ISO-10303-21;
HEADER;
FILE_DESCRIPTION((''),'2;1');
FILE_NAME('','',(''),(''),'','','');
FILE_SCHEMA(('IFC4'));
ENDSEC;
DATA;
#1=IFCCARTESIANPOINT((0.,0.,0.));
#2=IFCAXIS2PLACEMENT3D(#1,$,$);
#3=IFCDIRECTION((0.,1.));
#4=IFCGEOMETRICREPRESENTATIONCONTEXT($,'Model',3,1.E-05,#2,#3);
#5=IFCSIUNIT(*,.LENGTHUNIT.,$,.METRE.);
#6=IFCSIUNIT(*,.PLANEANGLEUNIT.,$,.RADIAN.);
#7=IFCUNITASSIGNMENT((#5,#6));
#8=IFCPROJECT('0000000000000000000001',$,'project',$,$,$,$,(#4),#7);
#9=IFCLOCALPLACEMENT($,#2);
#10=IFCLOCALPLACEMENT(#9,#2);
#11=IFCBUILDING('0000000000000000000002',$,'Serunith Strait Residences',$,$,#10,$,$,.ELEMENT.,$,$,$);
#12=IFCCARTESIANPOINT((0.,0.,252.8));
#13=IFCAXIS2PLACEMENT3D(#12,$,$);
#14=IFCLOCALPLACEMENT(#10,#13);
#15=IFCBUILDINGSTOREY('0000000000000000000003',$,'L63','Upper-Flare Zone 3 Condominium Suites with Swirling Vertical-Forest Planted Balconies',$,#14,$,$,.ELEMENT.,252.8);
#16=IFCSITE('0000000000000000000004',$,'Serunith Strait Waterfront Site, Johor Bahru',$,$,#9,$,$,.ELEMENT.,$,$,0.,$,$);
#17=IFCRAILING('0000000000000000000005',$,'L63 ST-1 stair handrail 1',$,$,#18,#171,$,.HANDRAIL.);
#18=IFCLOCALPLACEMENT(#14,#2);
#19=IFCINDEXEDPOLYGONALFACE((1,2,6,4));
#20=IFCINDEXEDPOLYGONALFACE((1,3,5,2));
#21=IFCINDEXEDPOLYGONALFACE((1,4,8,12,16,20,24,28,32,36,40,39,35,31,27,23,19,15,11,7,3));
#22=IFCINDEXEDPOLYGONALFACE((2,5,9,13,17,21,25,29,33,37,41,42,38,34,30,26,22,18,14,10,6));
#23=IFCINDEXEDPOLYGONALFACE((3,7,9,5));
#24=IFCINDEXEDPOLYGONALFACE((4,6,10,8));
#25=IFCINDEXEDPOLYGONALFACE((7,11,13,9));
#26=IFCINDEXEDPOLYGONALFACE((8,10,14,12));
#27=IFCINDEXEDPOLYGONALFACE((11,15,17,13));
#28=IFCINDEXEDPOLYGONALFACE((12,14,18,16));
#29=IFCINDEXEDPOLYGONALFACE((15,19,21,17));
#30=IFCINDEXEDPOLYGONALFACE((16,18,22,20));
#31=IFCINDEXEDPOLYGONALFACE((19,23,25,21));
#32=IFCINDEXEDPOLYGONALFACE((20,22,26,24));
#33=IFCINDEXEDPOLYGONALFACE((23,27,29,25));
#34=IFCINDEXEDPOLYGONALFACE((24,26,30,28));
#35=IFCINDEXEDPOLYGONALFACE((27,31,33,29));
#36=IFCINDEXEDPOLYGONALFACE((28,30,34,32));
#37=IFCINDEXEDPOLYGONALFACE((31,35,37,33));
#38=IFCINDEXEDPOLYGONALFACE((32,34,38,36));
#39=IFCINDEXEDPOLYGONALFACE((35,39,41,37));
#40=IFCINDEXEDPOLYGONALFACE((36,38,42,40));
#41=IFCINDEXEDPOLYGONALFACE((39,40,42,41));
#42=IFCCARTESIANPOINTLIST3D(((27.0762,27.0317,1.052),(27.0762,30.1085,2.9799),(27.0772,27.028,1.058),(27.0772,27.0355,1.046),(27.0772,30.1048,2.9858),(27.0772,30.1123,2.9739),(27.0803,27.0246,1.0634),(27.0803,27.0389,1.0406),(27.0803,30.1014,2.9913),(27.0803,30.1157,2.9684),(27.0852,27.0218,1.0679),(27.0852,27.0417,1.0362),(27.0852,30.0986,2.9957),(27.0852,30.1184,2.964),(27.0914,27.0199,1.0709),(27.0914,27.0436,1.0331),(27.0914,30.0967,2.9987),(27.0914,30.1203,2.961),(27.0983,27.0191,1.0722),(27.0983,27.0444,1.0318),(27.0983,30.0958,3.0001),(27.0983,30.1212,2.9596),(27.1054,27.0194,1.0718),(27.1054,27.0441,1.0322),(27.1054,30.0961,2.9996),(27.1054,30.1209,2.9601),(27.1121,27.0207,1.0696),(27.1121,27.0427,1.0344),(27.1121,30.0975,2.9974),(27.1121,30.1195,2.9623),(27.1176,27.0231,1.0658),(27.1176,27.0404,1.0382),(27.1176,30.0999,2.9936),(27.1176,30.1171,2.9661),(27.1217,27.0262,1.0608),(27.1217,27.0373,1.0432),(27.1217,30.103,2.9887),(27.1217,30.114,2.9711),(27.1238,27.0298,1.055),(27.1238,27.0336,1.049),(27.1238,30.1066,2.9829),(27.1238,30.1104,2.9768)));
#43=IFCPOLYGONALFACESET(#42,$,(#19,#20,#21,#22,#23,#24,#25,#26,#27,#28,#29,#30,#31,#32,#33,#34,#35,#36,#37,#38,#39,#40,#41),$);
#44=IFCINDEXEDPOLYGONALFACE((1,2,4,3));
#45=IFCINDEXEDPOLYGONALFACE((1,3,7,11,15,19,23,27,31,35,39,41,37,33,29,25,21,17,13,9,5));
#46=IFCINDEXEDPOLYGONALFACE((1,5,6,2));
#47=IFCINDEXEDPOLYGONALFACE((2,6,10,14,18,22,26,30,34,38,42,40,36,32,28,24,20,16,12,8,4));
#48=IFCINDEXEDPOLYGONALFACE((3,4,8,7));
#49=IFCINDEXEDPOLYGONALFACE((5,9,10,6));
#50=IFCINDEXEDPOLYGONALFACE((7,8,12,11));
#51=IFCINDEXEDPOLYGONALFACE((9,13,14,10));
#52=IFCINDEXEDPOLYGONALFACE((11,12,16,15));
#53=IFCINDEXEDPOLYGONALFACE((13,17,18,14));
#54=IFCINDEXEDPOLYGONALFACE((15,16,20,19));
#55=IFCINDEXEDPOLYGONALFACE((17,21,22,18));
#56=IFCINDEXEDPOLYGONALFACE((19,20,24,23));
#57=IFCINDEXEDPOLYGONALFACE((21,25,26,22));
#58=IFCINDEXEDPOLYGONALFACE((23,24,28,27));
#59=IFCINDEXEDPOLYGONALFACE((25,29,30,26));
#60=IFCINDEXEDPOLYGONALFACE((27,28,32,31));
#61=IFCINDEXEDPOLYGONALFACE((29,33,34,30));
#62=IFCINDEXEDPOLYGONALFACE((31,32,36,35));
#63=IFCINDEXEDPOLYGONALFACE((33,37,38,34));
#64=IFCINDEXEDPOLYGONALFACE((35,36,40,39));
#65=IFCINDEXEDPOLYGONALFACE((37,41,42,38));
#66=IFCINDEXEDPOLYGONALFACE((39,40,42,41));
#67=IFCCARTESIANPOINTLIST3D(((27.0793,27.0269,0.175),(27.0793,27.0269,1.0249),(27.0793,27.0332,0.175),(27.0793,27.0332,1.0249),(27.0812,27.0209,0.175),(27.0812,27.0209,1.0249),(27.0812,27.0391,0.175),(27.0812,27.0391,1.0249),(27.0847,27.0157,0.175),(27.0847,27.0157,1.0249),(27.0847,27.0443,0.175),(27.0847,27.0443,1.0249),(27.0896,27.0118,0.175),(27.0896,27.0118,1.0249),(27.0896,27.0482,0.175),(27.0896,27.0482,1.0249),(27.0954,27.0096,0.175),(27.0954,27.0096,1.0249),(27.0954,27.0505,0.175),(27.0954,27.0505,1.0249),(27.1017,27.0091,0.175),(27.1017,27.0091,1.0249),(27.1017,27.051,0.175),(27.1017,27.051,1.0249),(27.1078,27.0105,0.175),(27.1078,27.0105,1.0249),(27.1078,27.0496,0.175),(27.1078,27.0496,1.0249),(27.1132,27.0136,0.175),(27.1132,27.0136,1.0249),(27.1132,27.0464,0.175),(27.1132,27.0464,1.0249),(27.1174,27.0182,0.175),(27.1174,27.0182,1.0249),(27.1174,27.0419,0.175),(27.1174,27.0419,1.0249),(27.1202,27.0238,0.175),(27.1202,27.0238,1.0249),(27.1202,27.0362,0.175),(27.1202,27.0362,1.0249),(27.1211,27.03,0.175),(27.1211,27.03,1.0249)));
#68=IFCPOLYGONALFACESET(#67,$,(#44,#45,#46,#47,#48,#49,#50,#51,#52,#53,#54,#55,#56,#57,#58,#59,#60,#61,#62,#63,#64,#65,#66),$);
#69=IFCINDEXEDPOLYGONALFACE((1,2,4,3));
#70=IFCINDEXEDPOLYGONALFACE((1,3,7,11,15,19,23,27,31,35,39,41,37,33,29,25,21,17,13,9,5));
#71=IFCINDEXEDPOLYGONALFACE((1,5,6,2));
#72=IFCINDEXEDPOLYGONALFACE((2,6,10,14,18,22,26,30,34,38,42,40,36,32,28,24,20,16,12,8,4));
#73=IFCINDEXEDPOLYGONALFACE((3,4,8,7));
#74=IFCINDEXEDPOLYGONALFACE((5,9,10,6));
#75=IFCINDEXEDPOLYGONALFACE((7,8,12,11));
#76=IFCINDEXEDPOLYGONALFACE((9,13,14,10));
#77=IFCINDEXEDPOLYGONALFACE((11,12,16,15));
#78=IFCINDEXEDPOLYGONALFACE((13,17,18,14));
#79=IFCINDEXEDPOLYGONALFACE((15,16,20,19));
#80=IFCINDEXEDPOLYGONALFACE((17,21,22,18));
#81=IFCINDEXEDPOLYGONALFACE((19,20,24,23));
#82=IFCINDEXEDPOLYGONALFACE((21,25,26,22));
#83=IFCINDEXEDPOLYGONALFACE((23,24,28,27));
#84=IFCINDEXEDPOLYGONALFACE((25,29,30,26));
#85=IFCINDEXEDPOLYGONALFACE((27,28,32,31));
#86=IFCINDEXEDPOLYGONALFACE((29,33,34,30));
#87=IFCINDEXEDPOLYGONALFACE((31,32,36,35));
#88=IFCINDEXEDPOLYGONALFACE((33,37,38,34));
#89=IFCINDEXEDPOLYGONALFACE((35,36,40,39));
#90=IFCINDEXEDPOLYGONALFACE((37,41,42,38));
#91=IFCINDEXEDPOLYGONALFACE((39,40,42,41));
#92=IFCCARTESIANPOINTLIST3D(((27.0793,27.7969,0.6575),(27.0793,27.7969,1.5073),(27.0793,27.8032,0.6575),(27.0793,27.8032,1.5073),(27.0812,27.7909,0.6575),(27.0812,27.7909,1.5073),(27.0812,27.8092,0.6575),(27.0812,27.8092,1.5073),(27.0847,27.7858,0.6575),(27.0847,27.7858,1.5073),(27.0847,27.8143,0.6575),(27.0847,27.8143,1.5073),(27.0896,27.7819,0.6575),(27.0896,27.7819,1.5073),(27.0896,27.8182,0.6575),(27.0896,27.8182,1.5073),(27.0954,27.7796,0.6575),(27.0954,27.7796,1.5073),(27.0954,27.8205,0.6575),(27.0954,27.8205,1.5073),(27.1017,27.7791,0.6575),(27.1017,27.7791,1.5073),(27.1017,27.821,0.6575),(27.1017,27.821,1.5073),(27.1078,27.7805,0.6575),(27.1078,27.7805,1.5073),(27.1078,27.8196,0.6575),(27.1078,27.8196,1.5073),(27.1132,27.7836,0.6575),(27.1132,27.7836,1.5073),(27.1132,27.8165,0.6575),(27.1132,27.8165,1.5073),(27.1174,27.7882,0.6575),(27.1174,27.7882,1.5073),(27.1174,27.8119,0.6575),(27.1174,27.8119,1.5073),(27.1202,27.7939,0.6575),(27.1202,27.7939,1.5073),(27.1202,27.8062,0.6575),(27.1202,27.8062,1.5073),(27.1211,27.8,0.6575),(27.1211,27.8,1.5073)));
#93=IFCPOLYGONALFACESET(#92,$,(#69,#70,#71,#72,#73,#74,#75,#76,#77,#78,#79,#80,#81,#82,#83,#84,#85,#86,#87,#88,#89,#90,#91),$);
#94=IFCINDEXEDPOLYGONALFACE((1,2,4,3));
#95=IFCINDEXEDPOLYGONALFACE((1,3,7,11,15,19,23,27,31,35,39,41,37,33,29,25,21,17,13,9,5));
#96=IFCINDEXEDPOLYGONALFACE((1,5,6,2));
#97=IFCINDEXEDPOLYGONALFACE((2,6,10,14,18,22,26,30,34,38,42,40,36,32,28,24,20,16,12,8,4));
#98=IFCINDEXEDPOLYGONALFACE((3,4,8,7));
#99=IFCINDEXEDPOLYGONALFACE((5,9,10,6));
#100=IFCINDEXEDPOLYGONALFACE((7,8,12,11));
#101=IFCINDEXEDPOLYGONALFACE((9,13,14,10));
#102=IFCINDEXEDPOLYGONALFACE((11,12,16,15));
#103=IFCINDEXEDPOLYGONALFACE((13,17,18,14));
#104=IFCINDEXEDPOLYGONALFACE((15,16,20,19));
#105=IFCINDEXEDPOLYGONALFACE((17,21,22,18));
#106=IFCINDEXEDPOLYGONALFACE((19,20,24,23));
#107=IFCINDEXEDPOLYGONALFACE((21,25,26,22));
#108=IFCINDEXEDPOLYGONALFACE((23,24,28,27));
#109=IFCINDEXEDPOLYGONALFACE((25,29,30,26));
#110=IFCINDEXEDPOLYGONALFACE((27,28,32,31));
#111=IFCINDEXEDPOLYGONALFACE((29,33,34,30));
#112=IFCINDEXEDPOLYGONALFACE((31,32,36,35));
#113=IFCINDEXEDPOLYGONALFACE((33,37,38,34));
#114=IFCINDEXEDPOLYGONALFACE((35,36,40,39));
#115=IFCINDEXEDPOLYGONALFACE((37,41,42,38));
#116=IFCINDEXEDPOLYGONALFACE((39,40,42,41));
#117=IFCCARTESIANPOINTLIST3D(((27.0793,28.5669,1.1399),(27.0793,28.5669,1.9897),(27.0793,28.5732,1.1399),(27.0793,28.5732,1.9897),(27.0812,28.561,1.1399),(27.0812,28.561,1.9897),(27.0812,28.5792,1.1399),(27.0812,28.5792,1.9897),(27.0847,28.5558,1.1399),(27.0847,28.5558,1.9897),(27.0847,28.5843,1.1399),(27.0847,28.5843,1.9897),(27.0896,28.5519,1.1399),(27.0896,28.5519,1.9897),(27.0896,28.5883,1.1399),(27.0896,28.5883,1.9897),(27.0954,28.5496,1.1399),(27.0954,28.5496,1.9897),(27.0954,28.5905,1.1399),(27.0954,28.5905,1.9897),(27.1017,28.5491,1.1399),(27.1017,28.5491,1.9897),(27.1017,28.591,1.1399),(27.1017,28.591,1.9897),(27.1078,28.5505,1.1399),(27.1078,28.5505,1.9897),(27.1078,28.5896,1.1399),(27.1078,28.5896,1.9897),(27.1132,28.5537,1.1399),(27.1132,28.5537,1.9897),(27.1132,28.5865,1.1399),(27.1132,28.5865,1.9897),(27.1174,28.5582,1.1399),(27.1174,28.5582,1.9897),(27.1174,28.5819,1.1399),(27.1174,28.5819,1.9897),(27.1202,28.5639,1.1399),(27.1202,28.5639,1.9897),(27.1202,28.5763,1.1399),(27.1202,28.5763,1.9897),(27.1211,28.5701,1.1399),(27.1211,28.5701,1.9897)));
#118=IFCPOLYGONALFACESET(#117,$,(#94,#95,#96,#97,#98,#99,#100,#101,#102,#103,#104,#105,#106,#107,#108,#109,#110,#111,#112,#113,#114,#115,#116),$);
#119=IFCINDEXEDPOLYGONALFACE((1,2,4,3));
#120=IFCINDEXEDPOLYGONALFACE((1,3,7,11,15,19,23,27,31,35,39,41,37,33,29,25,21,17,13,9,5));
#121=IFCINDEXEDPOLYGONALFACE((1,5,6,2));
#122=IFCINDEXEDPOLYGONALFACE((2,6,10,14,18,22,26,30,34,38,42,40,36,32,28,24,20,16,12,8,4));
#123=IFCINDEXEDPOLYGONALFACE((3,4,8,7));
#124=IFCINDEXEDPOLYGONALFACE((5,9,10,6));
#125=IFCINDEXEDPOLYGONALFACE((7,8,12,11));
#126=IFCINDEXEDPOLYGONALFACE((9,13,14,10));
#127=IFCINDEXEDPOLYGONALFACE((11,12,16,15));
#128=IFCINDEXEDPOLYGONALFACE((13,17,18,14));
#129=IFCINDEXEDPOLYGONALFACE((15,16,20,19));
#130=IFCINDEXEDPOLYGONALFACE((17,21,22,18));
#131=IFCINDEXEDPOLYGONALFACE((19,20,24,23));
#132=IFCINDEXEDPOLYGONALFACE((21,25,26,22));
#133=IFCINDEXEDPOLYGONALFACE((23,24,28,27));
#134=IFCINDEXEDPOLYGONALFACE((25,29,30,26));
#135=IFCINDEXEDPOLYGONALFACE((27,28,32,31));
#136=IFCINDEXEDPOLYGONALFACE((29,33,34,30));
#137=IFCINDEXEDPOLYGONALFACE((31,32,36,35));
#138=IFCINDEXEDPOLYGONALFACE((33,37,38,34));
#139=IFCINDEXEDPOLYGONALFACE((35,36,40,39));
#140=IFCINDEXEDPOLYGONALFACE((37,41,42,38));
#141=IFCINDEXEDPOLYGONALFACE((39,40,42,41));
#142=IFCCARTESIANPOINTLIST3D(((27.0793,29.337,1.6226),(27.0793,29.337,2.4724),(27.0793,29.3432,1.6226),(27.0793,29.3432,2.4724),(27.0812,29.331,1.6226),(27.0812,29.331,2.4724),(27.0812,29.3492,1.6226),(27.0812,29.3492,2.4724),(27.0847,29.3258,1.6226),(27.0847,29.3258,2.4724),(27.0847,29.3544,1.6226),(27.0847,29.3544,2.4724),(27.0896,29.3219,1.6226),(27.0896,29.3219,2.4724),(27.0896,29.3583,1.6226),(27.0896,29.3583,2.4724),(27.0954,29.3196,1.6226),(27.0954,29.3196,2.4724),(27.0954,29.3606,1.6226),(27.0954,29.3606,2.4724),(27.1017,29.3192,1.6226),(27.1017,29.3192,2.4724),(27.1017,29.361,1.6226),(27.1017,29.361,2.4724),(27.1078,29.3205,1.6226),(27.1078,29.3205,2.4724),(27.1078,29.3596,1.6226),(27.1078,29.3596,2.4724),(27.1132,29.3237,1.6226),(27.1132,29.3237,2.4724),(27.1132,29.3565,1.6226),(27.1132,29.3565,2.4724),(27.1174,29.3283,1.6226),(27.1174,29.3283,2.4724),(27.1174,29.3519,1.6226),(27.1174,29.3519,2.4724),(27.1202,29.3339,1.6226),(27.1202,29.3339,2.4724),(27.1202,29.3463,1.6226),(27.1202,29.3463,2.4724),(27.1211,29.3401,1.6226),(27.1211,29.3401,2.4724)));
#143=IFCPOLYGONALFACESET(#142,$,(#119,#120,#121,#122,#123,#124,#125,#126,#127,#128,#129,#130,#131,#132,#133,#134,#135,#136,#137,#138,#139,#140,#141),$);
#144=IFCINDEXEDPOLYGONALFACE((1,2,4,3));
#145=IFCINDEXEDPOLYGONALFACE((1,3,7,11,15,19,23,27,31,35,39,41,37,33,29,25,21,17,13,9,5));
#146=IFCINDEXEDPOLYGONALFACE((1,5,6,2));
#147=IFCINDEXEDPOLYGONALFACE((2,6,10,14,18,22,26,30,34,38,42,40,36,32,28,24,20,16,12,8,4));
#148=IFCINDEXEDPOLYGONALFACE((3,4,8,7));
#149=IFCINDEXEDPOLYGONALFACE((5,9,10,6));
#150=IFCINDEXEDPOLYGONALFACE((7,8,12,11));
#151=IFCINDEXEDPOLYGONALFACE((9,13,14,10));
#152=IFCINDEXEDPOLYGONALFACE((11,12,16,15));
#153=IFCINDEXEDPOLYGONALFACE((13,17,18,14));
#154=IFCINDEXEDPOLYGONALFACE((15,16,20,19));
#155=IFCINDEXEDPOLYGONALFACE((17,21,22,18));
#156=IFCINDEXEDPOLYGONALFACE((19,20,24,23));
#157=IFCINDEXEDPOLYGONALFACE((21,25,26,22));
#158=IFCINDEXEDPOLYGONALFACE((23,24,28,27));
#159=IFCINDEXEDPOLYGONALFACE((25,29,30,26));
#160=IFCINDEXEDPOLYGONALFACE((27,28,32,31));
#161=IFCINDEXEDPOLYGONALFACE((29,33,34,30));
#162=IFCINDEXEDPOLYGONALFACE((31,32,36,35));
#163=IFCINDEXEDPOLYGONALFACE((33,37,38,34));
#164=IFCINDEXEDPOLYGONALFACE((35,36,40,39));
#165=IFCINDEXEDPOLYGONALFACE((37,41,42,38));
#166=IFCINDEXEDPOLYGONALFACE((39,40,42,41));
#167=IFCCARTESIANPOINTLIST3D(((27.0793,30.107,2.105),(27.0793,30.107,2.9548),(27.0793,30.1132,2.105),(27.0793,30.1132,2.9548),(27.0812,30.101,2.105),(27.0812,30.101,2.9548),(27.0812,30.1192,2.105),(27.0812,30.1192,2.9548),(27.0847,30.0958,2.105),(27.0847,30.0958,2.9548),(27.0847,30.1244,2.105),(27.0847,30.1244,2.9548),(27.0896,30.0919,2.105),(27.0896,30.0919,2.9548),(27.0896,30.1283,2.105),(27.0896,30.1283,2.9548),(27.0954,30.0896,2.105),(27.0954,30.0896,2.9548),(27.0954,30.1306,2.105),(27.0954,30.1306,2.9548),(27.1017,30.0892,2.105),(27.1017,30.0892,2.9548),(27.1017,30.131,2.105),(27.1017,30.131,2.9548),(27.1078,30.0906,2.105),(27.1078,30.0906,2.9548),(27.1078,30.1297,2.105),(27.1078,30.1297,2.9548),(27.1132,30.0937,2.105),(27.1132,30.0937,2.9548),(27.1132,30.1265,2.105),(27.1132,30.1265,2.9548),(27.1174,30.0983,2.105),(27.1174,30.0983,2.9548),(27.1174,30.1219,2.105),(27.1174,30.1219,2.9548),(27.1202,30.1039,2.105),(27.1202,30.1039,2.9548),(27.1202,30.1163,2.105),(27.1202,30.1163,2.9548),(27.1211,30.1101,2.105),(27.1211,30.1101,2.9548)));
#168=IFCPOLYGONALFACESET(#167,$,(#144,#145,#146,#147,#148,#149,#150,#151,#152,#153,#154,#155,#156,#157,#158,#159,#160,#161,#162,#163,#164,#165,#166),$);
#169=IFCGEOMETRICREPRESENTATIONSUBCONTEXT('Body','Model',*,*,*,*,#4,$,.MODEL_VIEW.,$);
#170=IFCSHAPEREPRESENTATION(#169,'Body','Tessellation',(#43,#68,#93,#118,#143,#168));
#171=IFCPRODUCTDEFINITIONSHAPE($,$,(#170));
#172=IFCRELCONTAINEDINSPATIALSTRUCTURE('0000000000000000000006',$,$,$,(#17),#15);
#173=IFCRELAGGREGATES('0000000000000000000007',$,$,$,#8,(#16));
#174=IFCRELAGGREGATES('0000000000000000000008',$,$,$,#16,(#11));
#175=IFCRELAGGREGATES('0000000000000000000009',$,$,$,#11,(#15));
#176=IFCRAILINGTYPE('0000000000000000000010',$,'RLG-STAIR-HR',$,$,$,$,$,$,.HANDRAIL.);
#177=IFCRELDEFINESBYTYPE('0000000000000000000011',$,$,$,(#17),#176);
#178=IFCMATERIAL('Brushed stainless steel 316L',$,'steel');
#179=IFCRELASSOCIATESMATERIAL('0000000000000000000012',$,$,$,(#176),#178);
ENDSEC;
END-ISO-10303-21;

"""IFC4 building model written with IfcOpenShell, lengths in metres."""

from ifc_helpers import new_model, si_unit, direction, frame, origin, origin_2d, place, context, subcontext, project, spatial, circle, extrude, material, type_object, element, save


model = new_model("IFC4")

# Units and contexts
model_context = context("Model", 3, precision=1e-05, world=origin(), true_north=direction((0.0, 1.0)))
body_context = subcontext(model_context, "Body", "Model", "MODEL_VIEW")
ifc_project = project(units=[si_unit("LENGTHUNIT", "METRE"), si_unit("PLANEANGLEUNIT", "RADIAN")], contexts=[model_context])

# Site, building, storey
site_placement = place(None, origin())
site = spatial("IfcSite", under=ifc_project, at=site_placement, Name="Serunith Strait Waterfront Site, Johor Bahru", CompositionType="ELEMENT", RefElevation=0.0)
building_placement = place(site_placement, origin())
building = spatial("IfcBuilding", under=site, at=building_placement, Name="Serunith Strait Residences", CompositionType="ELEMENT")
storey_placement = place(building_placement, frame((0.0, 0.0, 252.8)))
storey = spatial("IfcBuildingStorey", under=building, at=storey_placement, Name="L63", Description="Upper-Flare Zone 3 Condominium Suites with Swirling Vertical-Forest Planted Balconies", CompositionType="ELEMENT", Elevation=252.8)

# Railing
ifc_material_1 = material(Name="Brushed stainless steel 316L", Category="steel")
railing_type_1 = type_object("IfcRailingType", Name="RLG-STAIR-HR", PredefinedType="HANDRAIL", material=ifc_material_1)
railing_1_placement = place(storey_placement, frame((27.1001, 27.03, 0.175)))
element("IfcRailing", 1, at=railing_1_placement, inside=storey, type_object=railing_type_1, Name="L63 ST-1 stair handrail 1", PredefinedType="HANDRAIL", context=body_context, shape_type="SweptSolid", body=[
    extrude(circle(Radius=0.0239, at=origin_2d()), frame((0.0, 0.0017, 0.877), z_axis=(0.0, 0.847394, 0.530965), x_axis=(-1.0, 0.0, 0.0)), (0.0, 0.0, 1.0), 3.6309),
    extrude(circle(Radius=0.021, at=origin_2d()), origin(), (0.0, 0.0, 1.0), 0.8499),
    extrude(circle(Radius=0.021, at=origin_2d()), frame((0.0, 0.77, 0.4824)), (0.0, 0.0, 1.0), 0.8499),
    extrude(circle(Radius=0.021, at=origin_2d()), frame((0.0, 1.54, 0.9648)), (0.0, 0.0, 1.0), 0.8499),
    extrude(circle(Radius=0.021, at=origin_2d()), frame((0.0, 2.3101, 1.4475)), (0.0, 0.0, 1.0), 0.8499),
    extrude(circle(Radius=0.021, at=origin_2d()), frame((0.0, 3.0801, 1.9299)), (0.0, 0.0, 1.0), 0.8499),
])

save(model, "model.ifc")
